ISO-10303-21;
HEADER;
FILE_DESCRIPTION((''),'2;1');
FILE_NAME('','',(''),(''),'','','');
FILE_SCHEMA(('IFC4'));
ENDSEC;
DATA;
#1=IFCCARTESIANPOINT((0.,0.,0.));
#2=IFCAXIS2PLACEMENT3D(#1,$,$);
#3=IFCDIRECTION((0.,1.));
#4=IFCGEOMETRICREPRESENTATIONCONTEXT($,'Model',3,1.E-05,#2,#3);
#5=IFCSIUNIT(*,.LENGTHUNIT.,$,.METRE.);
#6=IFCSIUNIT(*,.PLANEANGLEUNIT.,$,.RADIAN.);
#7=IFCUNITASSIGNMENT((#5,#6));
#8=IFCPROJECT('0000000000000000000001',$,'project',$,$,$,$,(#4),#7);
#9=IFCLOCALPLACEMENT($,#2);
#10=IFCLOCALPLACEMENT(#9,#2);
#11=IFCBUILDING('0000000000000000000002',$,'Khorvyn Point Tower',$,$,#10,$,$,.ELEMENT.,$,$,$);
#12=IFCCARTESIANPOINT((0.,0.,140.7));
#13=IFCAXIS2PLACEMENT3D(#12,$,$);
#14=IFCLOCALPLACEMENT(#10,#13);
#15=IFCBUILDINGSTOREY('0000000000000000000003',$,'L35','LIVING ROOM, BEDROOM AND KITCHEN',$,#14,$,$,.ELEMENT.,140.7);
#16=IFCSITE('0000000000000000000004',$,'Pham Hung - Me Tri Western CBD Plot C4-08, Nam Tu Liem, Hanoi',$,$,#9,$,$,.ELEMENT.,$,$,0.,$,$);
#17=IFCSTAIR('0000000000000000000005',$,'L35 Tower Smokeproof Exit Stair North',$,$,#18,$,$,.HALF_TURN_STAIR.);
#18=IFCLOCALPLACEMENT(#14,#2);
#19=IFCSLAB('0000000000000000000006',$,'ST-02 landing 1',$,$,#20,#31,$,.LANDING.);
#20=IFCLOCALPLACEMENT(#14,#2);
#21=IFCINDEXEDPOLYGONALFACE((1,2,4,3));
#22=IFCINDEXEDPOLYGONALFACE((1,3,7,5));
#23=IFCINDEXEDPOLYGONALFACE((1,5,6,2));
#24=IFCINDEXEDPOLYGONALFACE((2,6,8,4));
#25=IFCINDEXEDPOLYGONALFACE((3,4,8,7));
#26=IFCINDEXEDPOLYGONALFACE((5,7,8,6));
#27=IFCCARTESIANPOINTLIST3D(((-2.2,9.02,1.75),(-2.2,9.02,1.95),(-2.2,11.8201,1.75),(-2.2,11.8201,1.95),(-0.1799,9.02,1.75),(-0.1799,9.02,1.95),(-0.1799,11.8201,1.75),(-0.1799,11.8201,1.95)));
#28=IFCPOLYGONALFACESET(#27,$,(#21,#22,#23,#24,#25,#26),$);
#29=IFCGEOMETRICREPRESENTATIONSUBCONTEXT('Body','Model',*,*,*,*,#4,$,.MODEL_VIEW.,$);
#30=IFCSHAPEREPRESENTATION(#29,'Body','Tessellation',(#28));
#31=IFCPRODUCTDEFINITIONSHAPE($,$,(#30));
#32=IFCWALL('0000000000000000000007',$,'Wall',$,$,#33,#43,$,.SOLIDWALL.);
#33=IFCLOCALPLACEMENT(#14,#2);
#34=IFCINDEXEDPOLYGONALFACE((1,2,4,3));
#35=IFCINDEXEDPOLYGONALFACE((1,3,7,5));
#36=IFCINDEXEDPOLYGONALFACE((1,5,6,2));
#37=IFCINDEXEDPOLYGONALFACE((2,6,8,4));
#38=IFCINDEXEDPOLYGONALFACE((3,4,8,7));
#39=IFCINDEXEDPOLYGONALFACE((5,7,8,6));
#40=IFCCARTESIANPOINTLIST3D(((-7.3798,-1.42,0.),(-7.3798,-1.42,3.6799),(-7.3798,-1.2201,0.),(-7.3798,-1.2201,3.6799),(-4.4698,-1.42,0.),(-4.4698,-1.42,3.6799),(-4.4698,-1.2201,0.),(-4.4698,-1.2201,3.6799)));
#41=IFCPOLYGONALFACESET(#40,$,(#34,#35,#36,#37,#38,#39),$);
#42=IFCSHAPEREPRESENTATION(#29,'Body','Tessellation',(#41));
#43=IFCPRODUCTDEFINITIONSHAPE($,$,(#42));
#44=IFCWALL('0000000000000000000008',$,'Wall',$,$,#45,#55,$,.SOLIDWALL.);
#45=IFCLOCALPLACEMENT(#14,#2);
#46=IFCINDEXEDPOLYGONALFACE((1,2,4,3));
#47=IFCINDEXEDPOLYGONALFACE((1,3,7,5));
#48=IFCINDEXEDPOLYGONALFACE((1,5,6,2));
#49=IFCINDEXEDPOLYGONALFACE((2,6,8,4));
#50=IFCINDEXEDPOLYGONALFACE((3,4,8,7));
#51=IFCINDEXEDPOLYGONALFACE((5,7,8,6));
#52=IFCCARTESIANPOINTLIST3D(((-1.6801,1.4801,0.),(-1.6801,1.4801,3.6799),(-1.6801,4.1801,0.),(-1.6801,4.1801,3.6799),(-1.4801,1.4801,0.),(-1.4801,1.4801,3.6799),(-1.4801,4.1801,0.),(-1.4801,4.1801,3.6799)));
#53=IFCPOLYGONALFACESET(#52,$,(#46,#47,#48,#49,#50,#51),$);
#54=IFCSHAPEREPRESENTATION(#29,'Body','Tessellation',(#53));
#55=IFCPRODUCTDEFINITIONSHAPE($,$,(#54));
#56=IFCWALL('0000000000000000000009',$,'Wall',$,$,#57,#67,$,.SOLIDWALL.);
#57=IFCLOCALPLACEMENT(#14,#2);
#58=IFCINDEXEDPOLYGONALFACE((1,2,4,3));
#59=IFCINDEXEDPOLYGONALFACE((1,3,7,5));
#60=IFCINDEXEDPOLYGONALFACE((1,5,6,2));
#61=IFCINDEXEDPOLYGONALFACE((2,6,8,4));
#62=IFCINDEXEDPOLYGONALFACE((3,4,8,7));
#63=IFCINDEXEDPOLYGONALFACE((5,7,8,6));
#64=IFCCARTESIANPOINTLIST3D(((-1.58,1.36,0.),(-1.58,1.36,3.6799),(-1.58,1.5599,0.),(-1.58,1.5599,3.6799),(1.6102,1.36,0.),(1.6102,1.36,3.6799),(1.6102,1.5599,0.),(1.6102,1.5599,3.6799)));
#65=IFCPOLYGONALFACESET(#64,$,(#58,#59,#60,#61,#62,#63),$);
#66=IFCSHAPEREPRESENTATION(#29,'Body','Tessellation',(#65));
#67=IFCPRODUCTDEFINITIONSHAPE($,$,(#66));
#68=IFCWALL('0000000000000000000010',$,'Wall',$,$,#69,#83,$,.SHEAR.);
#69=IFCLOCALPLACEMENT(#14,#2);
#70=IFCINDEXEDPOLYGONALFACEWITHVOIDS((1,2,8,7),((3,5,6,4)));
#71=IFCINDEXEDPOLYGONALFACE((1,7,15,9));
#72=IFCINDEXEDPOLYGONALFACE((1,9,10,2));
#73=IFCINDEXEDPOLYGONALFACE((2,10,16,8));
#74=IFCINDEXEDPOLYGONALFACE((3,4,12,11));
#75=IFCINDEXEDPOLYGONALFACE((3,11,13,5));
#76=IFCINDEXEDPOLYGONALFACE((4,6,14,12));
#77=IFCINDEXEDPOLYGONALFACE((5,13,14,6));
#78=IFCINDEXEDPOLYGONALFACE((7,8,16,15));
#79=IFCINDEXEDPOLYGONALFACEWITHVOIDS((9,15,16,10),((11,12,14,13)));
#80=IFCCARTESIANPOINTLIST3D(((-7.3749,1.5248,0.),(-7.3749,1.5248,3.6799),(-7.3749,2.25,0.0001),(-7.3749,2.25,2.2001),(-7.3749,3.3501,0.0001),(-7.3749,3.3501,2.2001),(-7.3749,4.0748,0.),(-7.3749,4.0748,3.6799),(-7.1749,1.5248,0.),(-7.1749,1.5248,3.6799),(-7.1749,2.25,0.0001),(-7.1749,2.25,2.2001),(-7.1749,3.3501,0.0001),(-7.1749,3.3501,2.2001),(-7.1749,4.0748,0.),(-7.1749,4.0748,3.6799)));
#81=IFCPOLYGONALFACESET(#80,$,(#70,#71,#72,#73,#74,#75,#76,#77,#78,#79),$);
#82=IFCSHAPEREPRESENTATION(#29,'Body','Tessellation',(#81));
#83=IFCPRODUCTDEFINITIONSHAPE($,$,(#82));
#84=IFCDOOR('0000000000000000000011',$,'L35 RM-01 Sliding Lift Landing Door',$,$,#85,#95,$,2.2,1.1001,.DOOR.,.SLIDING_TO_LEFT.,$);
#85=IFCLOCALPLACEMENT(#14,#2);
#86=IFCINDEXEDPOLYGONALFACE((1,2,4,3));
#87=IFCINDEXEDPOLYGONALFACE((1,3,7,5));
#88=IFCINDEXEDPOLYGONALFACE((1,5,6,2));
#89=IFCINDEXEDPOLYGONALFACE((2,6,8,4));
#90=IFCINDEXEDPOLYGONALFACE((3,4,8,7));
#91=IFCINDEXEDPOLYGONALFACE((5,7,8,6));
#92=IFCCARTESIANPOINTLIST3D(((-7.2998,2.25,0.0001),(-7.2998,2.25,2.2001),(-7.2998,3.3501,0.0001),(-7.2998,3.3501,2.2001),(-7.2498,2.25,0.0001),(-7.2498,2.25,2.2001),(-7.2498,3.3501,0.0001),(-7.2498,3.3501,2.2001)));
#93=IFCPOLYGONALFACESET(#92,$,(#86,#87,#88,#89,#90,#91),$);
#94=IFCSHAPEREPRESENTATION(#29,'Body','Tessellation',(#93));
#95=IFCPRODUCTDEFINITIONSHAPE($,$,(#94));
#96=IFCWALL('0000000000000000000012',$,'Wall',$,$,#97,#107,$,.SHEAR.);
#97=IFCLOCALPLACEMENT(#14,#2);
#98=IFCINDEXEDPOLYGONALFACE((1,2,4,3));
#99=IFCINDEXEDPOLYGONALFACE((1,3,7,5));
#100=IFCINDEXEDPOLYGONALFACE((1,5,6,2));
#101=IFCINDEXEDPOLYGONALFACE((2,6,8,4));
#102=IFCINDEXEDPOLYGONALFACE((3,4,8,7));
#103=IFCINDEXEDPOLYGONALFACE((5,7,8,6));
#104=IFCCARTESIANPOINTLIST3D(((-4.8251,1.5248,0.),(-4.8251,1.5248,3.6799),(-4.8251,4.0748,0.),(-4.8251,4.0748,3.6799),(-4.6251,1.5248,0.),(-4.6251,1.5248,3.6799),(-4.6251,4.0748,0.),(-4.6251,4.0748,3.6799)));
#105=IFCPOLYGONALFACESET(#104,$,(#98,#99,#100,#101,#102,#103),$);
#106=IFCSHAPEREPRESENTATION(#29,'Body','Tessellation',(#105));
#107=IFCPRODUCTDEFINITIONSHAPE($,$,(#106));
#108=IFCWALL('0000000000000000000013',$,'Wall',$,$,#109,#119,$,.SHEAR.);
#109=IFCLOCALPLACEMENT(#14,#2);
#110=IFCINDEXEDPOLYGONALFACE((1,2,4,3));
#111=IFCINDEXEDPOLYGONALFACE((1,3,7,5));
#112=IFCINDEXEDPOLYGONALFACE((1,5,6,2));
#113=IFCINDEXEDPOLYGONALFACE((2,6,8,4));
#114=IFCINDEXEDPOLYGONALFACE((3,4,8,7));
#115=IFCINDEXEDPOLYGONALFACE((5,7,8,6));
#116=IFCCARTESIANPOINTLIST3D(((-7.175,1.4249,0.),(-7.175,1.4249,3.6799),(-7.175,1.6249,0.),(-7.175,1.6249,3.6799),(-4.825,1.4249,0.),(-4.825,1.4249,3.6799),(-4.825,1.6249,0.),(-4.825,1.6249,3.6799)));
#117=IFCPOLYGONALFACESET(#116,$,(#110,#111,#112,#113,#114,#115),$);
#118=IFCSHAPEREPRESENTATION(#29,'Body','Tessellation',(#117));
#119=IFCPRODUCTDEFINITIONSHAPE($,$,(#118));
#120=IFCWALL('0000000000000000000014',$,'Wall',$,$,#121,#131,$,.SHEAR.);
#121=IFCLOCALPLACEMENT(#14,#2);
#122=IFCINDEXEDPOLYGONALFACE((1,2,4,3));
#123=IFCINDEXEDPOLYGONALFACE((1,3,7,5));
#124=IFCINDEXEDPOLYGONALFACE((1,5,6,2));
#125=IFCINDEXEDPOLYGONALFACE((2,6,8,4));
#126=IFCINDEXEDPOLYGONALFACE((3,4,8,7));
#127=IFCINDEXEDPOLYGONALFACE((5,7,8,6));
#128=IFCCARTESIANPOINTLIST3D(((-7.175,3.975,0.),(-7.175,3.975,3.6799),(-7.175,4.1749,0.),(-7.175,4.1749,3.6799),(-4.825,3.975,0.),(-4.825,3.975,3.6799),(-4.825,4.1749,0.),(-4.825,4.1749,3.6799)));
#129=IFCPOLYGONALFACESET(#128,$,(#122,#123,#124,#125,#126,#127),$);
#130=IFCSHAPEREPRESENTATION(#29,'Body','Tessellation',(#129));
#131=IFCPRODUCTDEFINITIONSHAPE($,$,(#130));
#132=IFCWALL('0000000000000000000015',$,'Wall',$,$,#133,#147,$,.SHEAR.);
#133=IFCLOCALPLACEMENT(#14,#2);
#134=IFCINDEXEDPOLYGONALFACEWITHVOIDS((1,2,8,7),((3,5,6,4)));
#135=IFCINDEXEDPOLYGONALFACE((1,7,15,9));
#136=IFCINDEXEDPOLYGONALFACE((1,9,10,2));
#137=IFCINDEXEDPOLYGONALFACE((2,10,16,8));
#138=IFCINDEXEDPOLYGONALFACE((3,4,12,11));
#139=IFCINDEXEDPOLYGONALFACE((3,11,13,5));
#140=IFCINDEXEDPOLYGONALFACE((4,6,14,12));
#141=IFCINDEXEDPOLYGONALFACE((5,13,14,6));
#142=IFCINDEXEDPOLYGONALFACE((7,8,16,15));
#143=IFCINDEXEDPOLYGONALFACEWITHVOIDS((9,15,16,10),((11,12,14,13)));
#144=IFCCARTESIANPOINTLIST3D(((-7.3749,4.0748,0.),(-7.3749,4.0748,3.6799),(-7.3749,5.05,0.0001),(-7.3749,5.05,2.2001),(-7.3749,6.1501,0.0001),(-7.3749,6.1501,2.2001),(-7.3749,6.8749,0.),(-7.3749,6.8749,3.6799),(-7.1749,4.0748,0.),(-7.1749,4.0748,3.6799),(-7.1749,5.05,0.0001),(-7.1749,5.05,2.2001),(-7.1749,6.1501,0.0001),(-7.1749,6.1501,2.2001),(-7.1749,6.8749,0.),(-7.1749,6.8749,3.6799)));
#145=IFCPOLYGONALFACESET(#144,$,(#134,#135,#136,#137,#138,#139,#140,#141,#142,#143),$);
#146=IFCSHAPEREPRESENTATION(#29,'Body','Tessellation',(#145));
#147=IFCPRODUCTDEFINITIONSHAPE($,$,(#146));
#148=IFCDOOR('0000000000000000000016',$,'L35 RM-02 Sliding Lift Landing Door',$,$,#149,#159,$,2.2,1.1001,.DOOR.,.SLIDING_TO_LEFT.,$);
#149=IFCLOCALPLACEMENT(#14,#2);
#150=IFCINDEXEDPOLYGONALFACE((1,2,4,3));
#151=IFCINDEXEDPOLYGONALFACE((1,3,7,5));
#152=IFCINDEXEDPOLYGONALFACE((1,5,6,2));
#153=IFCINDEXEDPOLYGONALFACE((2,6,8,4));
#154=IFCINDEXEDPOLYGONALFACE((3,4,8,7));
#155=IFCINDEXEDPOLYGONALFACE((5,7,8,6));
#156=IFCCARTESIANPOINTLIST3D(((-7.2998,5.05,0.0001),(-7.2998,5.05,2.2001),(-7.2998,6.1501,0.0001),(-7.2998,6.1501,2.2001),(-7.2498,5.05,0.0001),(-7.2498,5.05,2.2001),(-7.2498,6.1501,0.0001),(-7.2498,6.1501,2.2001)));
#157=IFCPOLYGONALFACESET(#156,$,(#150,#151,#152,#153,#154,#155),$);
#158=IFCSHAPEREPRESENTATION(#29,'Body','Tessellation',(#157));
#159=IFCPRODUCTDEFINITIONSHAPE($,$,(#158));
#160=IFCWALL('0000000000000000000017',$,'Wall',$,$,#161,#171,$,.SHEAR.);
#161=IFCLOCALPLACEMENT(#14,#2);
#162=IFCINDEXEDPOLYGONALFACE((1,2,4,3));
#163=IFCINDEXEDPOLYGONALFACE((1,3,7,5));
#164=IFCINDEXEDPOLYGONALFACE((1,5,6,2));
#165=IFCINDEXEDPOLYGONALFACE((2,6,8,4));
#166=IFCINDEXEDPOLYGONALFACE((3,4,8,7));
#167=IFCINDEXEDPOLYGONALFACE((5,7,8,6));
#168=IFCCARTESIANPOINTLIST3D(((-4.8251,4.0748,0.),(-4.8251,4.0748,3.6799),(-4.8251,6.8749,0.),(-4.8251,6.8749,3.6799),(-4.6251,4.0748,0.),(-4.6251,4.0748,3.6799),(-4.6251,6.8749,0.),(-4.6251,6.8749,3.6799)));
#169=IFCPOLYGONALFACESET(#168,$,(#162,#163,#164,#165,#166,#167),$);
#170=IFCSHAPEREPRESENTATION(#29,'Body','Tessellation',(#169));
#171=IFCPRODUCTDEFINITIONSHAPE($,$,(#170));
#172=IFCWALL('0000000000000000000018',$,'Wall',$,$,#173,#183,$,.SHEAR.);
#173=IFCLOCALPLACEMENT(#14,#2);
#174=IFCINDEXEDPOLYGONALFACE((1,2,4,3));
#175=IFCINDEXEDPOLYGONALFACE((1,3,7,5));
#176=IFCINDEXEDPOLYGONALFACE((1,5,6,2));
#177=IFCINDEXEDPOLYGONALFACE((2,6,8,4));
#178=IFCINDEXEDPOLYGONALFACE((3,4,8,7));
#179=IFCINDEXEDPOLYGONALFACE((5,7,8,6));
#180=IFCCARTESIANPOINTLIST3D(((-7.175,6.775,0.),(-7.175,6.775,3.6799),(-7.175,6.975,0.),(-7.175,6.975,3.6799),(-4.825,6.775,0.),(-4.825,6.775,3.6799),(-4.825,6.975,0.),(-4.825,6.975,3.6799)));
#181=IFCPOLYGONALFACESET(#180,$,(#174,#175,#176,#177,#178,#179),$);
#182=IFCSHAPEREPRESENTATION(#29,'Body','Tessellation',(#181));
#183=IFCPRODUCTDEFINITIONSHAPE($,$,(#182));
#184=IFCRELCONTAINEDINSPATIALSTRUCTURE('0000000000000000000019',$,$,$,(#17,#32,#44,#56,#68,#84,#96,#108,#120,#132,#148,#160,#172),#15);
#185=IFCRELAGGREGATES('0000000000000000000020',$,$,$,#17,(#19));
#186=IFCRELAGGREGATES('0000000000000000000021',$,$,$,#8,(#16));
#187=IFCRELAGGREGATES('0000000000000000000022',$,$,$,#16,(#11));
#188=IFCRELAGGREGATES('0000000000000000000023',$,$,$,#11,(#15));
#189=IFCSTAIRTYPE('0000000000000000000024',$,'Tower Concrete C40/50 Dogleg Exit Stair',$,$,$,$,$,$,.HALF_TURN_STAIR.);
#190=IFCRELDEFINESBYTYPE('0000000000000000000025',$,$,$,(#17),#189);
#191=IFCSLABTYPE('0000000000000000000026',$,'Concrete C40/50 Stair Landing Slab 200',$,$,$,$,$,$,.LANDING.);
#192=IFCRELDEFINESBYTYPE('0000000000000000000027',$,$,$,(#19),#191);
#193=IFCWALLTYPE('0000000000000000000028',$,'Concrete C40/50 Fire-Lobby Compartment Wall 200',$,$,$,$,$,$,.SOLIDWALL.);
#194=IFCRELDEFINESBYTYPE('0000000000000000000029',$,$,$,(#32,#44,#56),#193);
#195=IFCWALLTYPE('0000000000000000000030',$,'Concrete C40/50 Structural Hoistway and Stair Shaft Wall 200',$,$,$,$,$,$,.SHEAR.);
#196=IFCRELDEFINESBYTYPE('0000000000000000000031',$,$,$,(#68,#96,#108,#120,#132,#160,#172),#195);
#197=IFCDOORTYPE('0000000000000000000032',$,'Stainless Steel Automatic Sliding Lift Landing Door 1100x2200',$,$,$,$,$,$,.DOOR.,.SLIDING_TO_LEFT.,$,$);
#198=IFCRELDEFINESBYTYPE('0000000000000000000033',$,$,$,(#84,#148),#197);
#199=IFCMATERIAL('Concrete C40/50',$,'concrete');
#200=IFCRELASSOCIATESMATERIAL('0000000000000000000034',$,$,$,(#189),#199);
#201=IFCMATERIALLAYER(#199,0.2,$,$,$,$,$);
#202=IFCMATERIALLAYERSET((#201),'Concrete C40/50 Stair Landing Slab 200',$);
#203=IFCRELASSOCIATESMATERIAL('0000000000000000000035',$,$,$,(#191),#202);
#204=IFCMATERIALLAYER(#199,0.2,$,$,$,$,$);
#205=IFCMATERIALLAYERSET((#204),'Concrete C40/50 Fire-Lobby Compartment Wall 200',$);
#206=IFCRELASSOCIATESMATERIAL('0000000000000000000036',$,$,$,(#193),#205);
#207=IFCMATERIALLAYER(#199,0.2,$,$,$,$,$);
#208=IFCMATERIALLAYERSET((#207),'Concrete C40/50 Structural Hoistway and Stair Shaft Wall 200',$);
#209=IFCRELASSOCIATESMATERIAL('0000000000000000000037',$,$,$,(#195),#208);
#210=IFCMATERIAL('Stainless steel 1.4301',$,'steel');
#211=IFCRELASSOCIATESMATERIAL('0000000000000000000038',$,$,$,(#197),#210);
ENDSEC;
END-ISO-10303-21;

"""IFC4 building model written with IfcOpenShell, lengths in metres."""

from ifc_helpers import new_model, si_unit, direction, frame, frame_2d, origin, place, context, subcontext, project, spatial, polyline, rectangle, outline, extrude, material, layer, layer_set, type_object, element, fill, aggregate, save


model = new_model("IFC4")

# Units and contexts
model_context = context("Model", 3, precision=1e-05, world=origin(), true_north=direction((0.0, 1.0)))
body_context = subcontext(model_context, "Body", "Model", "MODEL_VIEW")
ifc_project = project(units=[si_unit("LENGTHUNIT", "METRE"), si_unit("PLANEANGLEUNIT", "RADIAN")], contexts=[model_context])

# Site, building, storey
site_placement = place(None, origin())
site = spatial("IfcSite", under=ifc_project, at=site_placement, Name="Pham Hung - Me Tri Western CBD Plot C4-08, Nam Tu Liem, Hanoi", CompositionType="ELEMENT", RefElevation=0.0)
building_placement = place(site_placement, origin())
building = spatial("IfcBuilding", under=site, at=building_placement, Name="Khorvyn Point Tower", CompositionType="ELEMENT")
storey_placement = place(building_placement, frame((0.0, 0.0, 140.7)))
storey = spatial("IfcBuildingStorey", under=building, at=storey_placement, Name="L35", Description="LIVING ROOM, BEDROOM AND KITCHEN", CompositionType="ELEMENT", Elevation=140.7)

# Shared definitions
ifc_material_1 = material(Name="Concrete C40/50", Category="concrete")

# Stair, slab
stair_type = type_object("IfcStairType", Name="Tower Concrete C40/50 Dogleg Exit Stair", PredefinedType="HALF_TURN_STAIR", material=ifc_material_1)
ifc_layer_1 = layer(ifc_material_1, 0.2)
ifc_layer_set_1 = layer_set([ifc_layer_1], Name="Concrete C40/50 Stair Landing Slab 200")
slab_type_1 = type_object("IfcSlabType", Name="Concrete C40/50 Stair Landing Slab 200", PredefinedType="LANDING", material=ifc_layer_set_1)
stair_1_placement = place(storey_placement, origin())
stair_1 = element("IfcStair", 1, at=stair_1_placement, inside=storey, type_object=stair_type, Name="L35 Tower Smokeproof Exit Stair North", PredefinedType="HALF_TURN_STAIR")
slab_1_placement = place(storey_placement, frame((0.0, 0.0, 1.75)))
slab_1 = element("IfcSlab", 2, at=slab_1_placement, type_object=slab_type_1, Name="ST-02 landing 1", PredefinedType="LANDING", context=body_context, shape_type="SweptSolid", body=[
    extrude(outline(polyline([(-0.1799, 11.8201), (-2.2, 11.8201), (-2.2, 9.02), (-0.1799, 9.02), (-0.1799, 11.8201)])), origin(), (0.0, 0.0, 1.0), 0.2),
])
aggregate(stair_1, [slab_1])

# Walls
ifc_layer_2 = layer(ifc_material_1, 0.2)
ifc_layer_set_2 = layer_set([ifc_layer_2], Name="Concrete C40/50 Fire-Lobby Compartment Wall 200")
wall_type_1 = type_object("IfcWallType", Name="Concrete C40/50 Fire-Lobby Compartment Wall 200", PredefinedType="SOLIDWALL", material=ifc_layer_set_2)
wall_1_placement = place(storey_placement, frame((-7.3799, -1.3201, 0.0), z_axis=(0.0, 0.0, 1.0), x_axis=(1.0, 0.0, 0.0)))
element("IfcWall", 3, at=wall_1_placement, inside=storey, type_object=wall_type_1, Name="Wall", PredefinedType="SOLIDWALL", context=body_context, shape_type="SweptSolid", body=[
    extrude(rectangle(XDim=2.9099, YDim=0.2, at=frame_2d((1.4551, 0.0))), origin(), (0.0, 0.0, 1.0), 3.6799),
])
wall_2_placement = place(storey_placement, frame((-1.5801, 1.48, 0.0), z_axis=(0.0, 0.0, 1.0), x_axis=(0.0, 1.0, 0.0)))
element("IfcWall", 4, at=wall_2_placement, inside=storey, type_object=wall_type_1, Name="Wall", PredefinedType="SOLIDWALL", context=body_context, shape_type="SweptSolid", body=[
    extrude(rectangle(XDim=2.7, YDim=0.2, at=frame_2d((1.3501, 0.0))), origin(), (0.0, 0.0, 1.0), 3.6799),
])
wall_3_placement = place(storey_placement, frame((-1.5801, 1.46, 0.0), z_axis=(0.0, 0.0, 1.0), x_axis=(1.0, 0.0, 0.0)))
element("IfcWall", 5, at=wall_3_placement, inside=storey, type_object=wall_type_1, Name="Wall", PredefinedType="SOLIDWALL", context=body_context, shape_type="SweptSolid", body=[
    extrude(rectangle(XDim=3.1902, YDim=0.2, at=frame_2d((1.5952, 0.0))), origin(), (0.0, 0.0, 1.0), 3.6799),
])

# Wall, opening, door
ifc_layer_3 = layer(ifc_material_1, 0.2)
ifc_layer_set_3 = layer_set([ifc_layer_3], Name="Concrete C40/50 Structural Hoistway and Stair Shaft Wall 200")
wall_type_2 = type_object("IfcWallType", Name="Concrete C40/50 Structural Hoistway and Stair Shaft Wall 200", PredefinedType="SHEAR", material=ifc_layer_set_3)
wall_4_placement = place(storey_placement, frame((-7.2749, 1.5249, 0.0), z_axis=(0.0, 0.0, 1.0), x_axis=(0.0, 1.0, 0.0)))
wall_4 = element("IfcWall", 6, at=wall_4_placement, inside=storey, type_object=wall_type_2, Name="Wall", PredefinedType="SHEAR", context=body_context, shape_type="SweptSolid", body=[
    extrude(rectangle(XDim=2.55, YDim=0.2, at=frame_2d((1.2749, 0.0))), origin(), (0.0, 0.0, 1.0), 3.6799),
])
opening_1_placement = place(wall_4_placement, frame((0.7251, 0.0, 0.0)))
opening_1 = element("IfcOpeningElement", 7, at=opening_1_placement, cuts=wall_4, PredefinedType="OPENING", context=body_context, shape_type="SweptSolid", body=[
    extrude(rectangle(XDim=1.1001, YDim=2.2, at=frame_2d((0.55, 1.1001))), frame((0.0, 0.1099, 0.0), z_axis=(0.0, -1.0, 0.0), x_axis=(1.0, 0.0, 0.0)), (0.0, 0.0, 1.0), 0.22),
])
ifc_material_2 = material(Name="Stainless steel 1.4301", Category="steel")
door_type = type_object("IfcDoorType", Name="Stainless Steel Automatic Sliding Lift Landing Door 1100x2200", OperationType="SLIDING_TO_LEFT", PredefinedType="DOOR", material=ifc_material_2)
door_1_placement = place(opening_1_placement, origin())
door_1 = element("IfcDoor", 8, at=door_1_placement, inside=storey, type_object=door_type, Name="L35 RM-01 Sliding Lift Landing Door", OperationType="SLIDING_TO_LEFT", OverallHeight=2.2, OverallWidth=1.1001, PredefinedType="DOOR", context=body_context, shape_type="SweptSolid", body=[
    extrude(rectangle(XDim=1.1001, YDim=2.2, at=frame_2d((0.55, 1.1001))), frame((0.0, 0.0249, 0.0), z_axis=(0.0, -1.0, 0.0), x_axis=(1.0, 0.0, 0.0)), (0.0, 0.0, 1.0), 0.05),
])
fill(opening_1, door_1)

# Walls
wall_5_placement = place(storey_placement, frame((-4.7251, 1.5249, 0.0), z_axis=(0.0, 0.0, 1.0), x_axis=(0.0, 1.0, 0.0)))
element("IfcWall", 9, at=wall_5_placement, inside=storey, type_object=wall_type_2, Name="Wall", PredefinedType="SHEAR", context=body_context, shape_type="SweptSolid", body=[
    extrude(rectangle(XDim=2.55, YDim=0.2, at=frame_2d((1.2749, 0.0))), origin(), (0.0, 0.0, 1.0), 3.6799),
])
for number, where, z_axis, x_axis, name in (
    (10, (-7.175, 1.5249, 0.0), (0.0, 0.0, 1.0), (1.0, 0.0, 0.0), "Wall"),
    (11, (-7.175, 4.075, 0.0), (0.0, 0.0, 1.0), (1.0, 0.0, 0.0), "Wall"),
):
    element("IfcWall", number, at=place(storey_placement, frame(where, z_axis=z_axis, x_axis=x_axis)), inside=storey, type_object=wall_type_2, Name=name, PredefinedType="SHEAR", context=body_context, shape_type="SweptSolid", body=[
        extrude(rectangle(XDim=2.3501, YDim=0.2, at=frame_2d((1.175, 0.0))), origin(), (0.0, 0.0, 1.0), 3.6799),
    ])

# Wall, opening, door
wall_6_placement = place(storey_placement, frame((-7.2749, 4.075, 0.0), z_axis=(0.0, 0.0, 1.0), x_axis=(0.0, 1.0, 0.0)))
wall_6 = element("IfcWall", 12, at=wall_6_placement, inside=storey, type_object=wall_type_2, Name="Wall", PredefinedType="SHEAR", context=body_context, shape_type="SweptSolid", body=[
    extrude(rectangle(XDim=2.8, YDim=0.2, at=frame_2d((1.3999, 0.0))), origin(), (0.0, 0.0, 1.0), 3.6799),
])
opening_2_placement = place(wall_6_placement, frame((0.9751, 0.0, 0.0)))
opening_2 = element("IfcOpeningElement", 13, at=opening_2_placement, cuts=wall_6, PredefinedType="OPENING", context=body_context, shape_type="SweptSolid", body=[
    extrude(rectangle(XDim=1.1001, YDim=2.2, at=frame_2d((0.55, 1.1001))), frame((0.0, 0.1099, 0.0), z_axis=(0.0, -1.0, 0.0), x_axis=(1.0, 0.0, 0.0)), (0.0, 0.0, 1.0), 0.22),
])
door_2_placement = place(opening_2_placement, origin())
door_2 = element("IfcDoor", 14, at=door_2_placement, inside=storey, type_object=door_type, Name="L35 RM-02 Sliding Lift Landing Door", OperationType="SLIDING_TO_LEFT", OverallHeight=2.2, OverallWidth=1.1001, PredefinedType="DOOR", context=body_context, shape_type="SweptSolid", body=[
    extrude(rectangle(XDim=1.1001, YDim=2.2, at=frame_2d((0.55, 1.1001))), frame((0.0, 0.0249, 0.0), z_axis=(0.0, -1.0, 0.0), x_axis=(1.0, 0.0, 0.0)), (0.0, 0.0, 1.0), 0.05),
])
fill(opening_2, door_2)

# Walls
wall_7_placement = place(storey_placement, frame((-4.7251, 4.075, 0.0), z_axis=(0.0, 0.0, 1.0), x_axis=(0.0, 1.0, 0.0)))
element("IfcWall", 15, at=wall_7_placement, inside=storey, type_object=wall_type_2, Name="Wall", PredefinedType="SHEAR", context=body_context, shape_type="SweptSolid", body=[
    extrude(rectangle(XDim=2.8, YDim=0.2, at=frame_2d((1.3999, 0.0))), origin(), (0.0, 0.0, 1.0), 3.6799),
])
wall_8_placement = place(storey_placement, frame((-7.175, 6.875, 0.0), z_axis=(0.0, 0.0, 1.0), x_axis=(1.0, 0.0, 0.0)))
element("IfcWall", 16, at=wall_8_placement, inside=storey, type_object=wall_type_2, Name="Wall", PredefinedType="SHEAR", context=body_context, shape_type="SweptSolid", body=[
    extrude(rectangle(XDim=2.3501, YDim=0.2, at=frame_2d((1.175, 0.0))), origin(), (0.0, 0.0, 1.0), 3.6799),
])

save(model, "model.ifc")
